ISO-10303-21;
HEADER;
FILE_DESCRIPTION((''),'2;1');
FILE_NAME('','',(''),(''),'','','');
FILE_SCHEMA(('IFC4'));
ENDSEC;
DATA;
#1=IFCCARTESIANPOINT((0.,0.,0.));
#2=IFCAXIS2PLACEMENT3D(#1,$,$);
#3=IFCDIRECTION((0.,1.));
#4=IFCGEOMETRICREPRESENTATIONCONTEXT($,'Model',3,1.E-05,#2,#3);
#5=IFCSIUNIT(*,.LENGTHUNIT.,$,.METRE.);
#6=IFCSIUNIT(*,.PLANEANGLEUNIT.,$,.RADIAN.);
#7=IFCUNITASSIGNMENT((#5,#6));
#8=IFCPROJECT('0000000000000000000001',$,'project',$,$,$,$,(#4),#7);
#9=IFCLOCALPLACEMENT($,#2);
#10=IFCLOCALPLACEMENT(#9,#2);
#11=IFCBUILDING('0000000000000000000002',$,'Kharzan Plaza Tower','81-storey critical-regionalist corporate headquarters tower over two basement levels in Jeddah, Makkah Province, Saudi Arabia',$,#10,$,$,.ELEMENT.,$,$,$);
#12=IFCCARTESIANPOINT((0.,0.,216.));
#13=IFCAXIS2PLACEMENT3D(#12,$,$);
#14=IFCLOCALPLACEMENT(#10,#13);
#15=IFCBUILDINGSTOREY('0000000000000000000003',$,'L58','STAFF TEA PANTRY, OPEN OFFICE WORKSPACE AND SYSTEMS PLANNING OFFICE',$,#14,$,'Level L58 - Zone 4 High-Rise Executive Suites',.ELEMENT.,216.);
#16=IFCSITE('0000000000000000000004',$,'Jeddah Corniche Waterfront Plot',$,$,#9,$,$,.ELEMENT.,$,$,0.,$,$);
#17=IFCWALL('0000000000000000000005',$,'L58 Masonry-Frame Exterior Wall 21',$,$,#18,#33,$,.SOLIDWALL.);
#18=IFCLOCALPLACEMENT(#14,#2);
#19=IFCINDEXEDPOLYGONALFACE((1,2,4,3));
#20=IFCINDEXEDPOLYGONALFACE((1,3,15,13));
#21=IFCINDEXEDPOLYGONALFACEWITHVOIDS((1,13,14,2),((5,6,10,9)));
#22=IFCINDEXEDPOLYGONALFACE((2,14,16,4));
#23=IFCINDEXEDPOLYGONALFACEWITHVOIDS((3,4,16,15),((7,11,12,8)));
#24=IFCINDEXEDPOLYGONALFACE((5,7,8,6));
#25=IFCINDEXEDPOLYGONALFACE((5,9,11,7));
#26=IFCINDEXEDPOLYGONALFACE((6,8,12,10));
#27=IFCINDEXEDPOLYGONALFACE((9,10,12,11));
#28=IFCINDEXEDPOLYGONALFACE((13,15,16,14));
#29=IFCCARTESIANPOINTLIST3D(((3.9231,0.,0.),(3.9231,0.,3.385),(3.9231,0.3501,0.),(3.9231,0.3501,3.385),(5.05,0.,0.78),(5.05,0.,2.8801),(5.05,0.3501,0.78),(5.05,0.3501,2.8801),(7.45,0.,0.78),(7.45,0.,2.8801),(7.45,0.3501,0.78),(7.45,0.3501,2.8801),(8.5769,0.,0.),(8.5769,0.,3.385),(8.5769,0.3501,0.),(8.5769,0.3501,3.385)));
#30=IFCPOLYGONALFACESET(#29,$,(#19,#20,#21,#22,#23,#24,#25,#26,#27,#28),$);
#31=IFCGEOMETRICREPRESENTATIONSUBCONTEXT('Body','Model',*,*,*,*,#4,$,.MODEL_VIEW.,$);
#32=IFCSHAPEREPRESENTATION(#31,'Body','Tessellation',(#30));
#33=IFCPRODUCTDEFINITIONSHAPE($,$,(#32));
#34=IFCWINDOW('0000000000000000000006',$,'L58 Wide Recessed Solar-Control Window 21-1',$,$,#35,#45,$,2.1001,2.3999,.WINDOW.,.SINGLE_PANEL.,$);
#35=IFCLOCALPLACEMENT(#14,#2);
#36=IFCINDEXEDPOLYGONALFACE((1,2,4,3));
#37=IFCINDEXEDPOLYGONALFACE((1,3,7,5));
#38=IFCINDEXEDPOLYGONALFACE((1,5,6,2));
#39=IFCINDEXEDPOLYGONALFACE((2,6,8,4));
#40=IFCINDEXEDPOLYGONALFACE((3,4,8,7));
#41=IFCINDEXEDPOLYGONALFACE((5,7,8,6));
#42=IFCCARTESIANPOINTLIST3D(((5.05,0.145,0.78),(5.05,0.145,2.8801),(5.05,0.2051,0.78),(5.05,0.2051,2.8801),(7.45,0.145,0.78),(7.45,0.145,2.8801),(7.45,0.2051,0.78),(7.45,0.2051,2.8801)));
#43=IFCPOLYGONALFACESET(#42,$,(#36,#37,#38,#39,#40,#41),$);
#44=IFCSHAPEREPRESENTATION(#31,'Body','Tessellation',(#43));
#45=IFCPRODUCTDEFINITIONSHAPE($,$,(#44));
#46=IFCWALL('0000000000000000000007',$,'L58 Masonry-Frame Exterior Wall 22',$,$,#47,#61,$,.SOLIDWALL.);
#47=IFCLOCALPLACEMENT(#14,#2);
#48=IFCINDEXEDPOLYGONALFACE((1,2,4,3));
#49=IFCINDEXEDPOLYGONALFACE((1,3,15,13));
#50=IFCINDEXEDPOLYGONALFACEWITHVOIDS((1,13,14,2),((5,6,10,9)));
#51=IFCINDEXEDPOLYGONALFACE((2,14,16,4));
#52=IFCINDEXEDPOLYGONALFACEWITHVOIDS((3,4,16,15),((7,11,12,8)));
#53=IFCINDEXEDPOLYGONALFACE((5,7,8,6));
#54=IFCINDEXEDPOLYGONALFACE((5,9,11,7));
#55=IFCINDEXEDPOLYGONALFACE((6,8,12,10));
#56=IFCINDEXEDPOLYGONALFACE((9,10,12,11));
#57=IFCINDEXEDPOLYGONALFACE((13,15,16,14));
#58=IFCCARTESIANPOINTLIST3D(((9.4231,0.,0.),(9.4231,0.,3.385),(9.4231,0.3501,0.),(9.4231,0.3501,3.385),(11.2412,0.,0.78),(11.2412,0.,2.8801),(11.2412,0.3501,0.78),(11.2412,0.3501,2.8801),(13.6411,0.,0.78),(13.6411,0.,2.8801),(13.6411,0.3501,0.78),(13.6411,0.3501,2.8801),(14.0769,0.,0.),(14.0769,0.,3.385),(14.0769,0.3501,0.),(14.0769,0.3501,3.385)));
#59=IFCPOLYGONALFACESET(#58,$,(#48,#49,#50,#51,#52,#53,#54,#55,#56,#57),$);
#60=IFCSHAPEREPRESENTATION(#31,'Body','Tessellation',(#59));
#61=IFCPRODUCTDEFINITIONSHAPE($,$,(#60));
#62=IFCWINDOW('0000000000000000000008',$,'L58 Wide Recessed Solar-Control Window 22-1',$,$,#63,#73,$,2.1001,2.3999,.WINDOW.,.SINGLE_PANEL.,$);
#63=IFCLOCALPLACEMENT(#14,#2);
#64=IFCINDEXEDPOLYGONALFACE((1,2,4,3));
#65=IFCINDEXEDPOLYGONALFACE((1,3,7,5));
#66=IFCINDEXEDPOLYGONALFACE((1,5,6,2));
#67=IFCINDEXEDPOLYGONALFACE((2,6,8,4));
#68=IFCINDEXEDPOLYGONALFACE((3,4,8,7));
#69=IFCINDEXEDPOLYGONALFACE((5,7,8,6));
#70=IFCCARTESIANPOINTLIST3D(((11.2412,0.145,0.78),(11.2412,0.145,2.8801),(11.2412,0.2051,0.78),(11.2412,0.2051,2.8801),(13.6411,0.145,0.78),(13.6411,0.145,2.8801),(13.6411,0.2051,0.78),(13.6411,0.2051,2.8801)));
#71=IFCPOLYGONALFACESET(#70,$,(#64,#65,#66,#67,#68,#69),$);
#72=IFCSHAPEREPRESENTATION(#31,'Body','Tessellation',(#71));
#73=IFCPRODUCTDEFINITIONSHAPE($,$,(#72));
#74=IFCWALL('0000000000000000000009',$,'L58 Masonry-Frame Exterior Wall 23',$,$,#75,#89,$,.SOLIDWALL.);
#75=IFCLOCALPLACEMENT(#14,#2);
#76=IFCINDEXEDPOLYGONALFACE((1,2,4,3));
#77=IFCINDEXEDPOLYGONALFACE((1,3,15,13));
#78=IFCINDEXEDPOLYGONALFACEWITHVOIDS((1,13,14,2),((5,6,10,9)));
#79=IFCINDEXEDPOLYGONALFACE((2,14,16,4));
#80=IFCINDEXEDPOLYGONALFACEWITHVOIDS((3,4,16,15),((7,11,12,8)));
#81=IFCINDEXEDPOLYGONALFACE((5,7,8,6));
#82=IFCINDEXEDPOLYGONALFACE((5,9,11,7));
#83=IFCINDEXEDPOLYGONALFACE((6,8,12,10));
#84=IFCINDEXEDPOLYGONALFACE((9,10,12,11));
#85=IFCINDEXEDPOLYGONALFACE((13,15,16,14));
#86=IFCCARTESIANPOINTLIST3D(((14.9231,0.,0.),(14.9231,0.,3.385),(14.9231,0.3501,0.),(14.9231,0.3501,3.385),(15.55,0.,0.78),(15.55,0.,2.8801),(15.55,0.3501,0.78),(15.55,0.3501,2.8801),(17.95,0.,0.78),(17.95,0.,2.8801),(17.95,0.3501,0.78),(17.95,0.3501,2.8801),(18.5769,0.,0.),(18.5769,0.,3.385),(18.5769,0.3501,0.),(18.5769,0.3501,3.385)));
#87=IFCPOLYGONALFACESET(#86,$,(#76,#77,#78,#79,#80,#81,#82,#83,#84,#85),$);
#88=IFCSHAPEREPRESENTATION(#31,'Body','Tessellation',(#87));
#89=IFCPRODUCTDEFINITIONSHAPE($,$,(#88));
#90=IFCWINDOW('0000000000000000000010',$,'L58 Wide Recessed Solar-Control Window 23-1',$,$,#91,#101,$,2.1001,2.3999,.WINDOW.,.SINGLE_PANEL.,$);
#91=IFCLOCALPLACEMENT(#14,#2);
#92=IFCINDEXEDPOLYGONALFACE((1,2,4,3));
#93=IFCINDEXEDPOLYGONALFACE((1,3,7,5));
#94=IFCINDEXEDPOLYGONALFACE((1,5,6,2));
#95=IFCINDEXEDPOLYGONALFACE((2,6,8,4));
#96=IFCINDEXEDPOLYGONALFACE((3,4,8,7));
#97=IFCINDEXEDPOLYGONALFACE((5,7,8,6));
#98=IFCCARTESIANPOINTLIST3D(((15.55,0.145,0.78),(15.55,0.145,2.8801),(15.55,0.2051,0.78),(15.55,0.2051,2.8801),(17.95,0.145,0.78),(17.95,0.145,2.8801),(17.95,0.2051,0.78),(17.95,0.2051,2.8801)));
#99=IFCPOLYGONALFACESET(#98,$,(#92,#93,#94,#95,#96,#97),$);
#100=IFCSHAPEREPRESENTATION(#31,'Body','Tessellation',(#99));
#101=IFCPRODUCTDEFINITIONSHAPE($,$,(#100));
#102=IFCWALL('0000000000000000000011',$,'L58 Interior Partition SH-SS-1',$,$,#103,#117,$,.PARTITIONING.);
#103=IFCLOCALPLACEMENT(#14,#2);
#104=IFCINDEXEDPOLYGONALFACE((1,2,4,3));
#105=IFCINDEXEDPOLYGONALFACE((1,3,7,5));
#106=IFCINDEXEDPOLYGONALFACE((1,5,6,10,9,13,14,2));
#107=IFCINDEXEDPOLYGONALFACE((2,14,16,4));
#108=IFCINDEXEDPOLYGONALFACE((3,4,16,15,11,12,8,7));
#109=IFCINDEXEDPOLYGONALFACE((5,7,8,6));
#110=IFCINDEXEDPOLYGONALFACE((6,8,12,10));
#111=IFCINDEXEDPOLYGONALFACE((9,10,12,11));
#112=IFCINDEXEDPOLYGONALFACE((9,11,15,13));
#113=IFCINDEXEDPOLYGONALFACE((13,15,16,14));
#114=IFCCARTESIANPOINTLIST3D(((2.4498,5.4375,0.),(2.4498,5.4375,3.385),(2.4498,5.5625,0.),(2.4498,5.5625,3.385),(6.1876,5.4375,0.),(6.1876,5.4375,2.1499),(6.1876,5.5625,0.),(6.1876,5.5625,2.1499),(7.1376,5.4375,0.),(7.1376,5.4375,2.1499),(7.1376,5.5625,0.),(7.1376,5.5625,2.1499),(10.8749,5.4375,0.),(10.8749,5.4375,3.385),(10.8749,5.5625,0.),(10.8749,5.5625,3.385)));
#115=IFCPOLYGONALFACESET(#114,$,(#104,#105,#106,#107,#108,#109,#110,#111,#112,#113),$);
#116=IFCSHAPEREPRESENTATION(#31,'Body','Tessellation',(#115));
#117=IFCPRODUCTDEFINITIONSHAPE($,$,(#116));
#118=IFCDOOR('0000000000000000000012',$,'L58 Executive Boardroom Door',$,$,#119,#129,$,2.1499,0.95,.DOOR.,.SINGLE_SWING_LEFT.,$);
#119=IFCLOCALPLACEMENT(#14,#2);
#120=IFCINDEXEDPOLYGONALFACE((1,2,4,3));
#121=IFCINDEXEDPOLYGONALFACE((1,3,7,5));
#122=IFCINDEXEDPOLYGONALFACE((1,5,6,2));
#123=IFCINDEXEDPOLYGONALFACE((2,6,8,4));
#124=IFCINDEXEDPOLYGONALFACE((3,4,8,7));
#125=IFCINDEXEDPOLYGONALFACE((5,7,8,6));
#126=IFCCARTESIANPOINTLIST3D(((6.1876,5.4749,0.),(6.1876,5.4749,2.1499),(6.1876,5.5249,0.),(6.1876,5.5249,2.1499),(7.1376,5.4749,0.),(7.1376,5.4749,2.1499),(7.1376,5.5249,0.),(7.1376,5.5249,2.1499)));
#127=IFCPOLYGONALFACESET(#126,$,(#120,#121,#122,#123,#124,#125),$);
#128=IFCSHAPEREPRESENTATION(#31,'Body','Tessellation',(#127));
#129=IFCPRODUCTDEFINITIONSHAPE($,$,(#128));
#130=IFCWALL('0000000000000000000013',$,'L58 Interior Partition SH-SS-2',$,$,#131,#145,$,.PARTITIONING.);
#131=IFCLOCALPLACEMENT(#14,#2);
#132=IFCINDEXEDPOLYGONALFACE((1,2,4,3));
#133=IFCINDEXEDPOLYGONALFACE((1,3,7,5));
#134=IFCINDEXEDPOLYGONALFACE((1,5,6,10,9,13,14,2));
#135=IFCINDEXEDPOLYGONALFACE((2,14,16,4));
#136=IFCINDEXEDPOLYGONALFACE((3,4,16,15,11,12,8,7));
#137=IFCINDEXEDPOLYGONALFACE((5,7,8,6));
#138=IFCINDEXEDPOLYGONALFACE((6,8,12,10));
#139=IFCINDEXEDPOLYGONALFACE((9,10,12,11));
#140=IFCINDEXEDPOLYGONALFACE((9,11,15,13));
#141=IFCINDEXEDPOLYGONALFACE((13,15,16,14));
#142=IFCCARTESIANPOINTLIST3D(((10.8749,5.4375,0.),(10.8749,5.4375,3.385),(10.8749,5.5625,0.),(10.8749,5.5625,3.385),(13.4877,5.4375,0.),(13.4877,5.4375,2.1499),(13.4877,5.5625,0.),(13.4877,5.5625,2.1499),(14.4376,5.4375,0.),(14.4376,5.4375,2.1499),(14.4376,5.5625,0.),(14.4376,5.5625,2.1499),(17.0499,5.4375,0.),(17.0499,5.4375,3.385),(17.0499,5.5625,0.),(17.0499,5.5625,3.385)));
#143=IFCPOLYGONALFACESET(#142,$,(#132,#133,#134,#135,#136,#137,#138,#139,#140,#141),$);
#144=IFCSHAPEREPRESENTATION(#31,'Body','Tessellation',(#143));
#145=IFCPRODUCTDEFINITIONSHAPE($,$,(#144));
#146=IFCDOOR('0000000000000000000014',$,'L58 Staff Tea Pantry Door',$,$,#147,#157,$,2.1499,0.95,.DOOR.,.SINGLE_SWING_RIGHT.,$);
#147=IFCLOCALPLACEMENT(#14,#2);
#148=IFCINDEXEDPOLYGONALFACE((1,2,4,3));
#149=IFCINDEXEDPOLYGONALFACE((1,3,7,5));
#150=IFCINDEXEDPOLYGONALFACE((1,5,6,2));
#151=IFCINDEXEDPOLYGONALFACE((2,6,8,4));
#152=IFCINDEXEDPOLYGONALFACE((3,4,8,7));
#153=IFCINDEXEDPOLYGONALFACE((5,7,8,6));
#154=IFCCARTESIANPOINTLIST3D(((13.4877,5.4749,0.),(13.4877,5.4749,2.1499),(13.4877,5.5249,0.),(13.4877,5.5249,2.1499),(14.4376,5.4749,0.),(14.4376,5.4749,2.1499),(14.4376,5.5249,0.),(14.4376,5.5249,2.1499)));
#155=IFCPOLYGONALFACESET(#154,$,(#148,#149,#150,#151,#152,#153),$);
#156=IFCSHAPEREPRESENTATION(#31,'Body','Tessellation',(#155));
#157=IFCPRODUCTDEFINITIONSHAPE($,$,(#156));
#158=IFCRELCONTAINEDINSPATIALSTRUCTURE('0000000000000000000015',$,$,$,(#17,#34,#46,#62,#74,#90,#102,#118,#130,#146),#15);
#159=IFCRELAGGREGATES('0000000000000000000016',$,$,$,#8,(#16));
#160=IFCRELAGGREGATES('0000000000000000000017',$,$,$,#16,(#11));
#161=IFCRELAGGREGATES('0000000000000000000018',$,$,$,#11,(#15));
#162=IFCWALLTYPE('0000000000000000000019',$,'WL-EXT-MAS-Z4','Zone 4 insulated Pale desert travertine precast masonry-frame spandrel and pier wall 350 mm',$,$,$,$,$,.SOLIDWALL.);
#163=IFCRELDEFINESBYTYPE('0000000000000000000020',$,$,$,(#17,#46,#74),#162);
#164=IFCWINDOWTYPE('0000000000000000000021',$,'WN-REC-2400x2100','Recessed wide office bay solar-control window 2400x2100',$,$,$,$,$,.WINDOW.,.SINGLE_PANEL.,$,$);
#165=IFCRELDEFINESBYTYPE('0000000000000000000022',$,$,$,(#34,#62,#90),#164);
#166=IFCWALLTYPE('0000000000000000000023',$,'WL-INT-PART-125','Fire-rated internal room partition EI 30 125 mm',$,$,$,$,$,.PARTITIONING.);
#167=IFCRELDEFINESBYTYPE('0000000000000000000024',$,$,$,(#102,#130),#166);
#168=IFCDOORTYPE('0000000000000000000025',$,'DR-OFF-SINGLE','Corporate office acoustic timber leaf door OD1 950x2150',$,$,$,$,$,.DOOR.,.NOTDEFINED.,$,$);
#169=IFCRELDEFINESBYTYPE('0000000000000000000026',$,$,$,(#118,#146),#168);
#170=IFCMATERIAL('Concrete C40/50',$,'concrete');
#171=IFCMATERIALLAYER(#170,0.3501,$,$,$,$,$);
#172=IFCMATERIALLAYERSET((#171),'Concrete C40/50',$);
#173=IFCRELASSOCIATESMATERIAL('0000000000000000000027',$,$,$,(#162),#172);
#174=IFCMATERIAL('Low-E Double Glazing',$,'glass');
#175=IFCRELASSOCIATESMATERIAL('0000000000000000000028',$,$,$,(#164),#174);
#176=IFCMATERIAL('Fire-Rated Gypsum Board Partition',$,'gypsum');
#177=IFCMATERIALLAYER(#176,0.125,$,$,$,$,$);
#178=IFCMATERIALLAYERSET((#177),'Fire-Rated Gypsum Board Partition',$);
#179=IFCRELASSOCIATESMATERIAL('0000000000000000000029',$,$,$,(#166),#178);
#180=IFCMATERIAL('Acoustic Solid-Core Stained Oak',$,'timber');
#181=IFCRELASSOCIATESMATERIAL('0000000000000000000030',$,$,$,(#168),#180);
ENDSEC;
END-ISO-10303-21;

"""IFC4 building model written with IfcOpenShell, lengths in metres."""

from ifc_helpers import new_model, si_unit, direction, frame, frame_2d, origin, place, context, subcontext, project, spatial, rectangle, extrude, source, transform, mapped, material, layer, layer_set, type_object, element, fill, save


model = new_model("IFC4")

# Units and contexts
model_context = context("Model", 3, precision=1e-05, world=origin(), true_north=direction((0.0, 1.0)))
body_context = subcontext(model_context, "Body", "Model", "MODEL_VIEW")
ifc_project = project(units=[si_unit("LENGTHUNIT", "METRE"), si_unit("PLANEANGLEUNIT", "RADIAN")], contexts=[model_context])

# Site, building, storey
site_placement = place(None, origin())
site = spatial("IfcSite", under=ifc_project, at=site_placement, Name="Jeddah Corniche Waterfront Plot", CompositionType="ELEMENT", RefElevation=0.0)
building_placement = place(site_placement, origin())
building = spatial("IfcBuilding", under=site, at=building_placement, Name="Kharzan Plaza Tower", Description="81-storey critical-regionalist corporate headquarters tower over two basement levels in Jeddah, Makkah Province, Saudi Arabia", CompositionType="ELEMENT")
storey_placement = place(building_placement, frame((0.0, 0.0, 216.0)))
storey = spatial("IfcBuildingStorey", under=building, at=storey_placement, Name="L58", Description="STAFF TEA PANTRY, OPEN OFFICE WORKSPACE AND SYSTEMS PLANNING OFFICE", LongName="Level L58 - Zone 4 High-Rise Executive Suites", CompositionType="ELEMENT", Elevation=216.0)

# Walls, openings, windows
ifc_material_1 = material(Name="Concrete C40/50", Category="concrete")
ifc_layer_1 = layer(ifc_material_1, 0.3501)
ifc_layer_set_1 = layer_set([ifc_layer_1], Name="Concrete C40/50")
wall_type_1 = type_object("IfcWallType", Name="WL-EXT-MAS-Z4", Description="Zone 4 insulated Pale desert travertine precast masonry-frame spandrel and pier wall 350 mm", PredefinedType="SOLIDWALL", material=ifc_layer_set_1)
ifc_material_2 = material(Name="Low-E Double Glazing", Category="glass")
wall_1_placement = place(storey_placement, frame((3.9231, 0.175, 0.0), z_axis=(0.0, 0.0, 1.0), x_axis=(1.0, 0.0, 0.0)))
wall_1 = element("IfcWall", 1, at=wall_1_placement, inside=storey, type_object=wall_type_1, Name="L58 Masonry-Frame Exterior Wall 21", PredefinedType="SOLIDWALL", context=body_context, shape_type="SweptSolid", body=[
    extrude(rectangle(XDim=4.6538, YDim=0.3501, at=frame_2d((2.3269, 0.0))), origin(), (0.0, 0.0, 1.0), 3.385),
])
opening_1_placement = place(wall_1_placement, frame((1.127, 0.0, 0.78)))
opening_1 = element("IfcOpeningElement", 2, at=opening_1_placement, cuts=wall_1, PredefinedType="OPENING", context=body_context, shape_type="SweptSolid", body=[
    extrude(rectangle(XDim=2.3999, YDim=2.1001, at=frame_2d((1.2, 1.05))), frame((0.0, 0.1851, 0.0), z_axis=(0.0, -1.0, 0.0), x_axis=(1.0, 0.0, 0.0)), (0.0, 0.0, 1.0), 0.3701),
])
window_type_1 = type_object("IfcWindowType", Name="WN-REC-2400x2100", Description="Recessed wide office bay solar-control window 2400x2100", PartitioningType="SINGLE_PANEL", PredefinedType="WINDOW", material=ifc_material_2)
shared_shape_1 = source(origin(), body_context, "Body", "SweptSolid", [
    extrude(rectangle(XDim=2.3999, YDim=2.1001, at=frame_2d((1.2, 1.05))), frame((0.0, 0.03, 0.0), z_axis=(0.0, -1.0, 0.0), x_axis=(1.0, 0.0, 0.0)), (0.0, 0.0, 1.0), 0.0601),
])
window_1_placement = place(opening_1_placement, origin())
window_1 = element("IfcWindow", 3, at=window_1_placement, inside=storey, type_object=window_type_1, Name="L58 Wide Recessed Solar-Control Window 21-1", OverallHeight=2.1001, OverallWidth=2.3999, PartitioningType="SINGLE_PANEL", PredefinedType="WINDOW", context=body_context, shape_type="MappedRepresentation", body=[
    mapped(shared_shape_1, transform((0.0, 0.0, 0.0), x_axis=(1.0, 0.0, 0.0), y_axis=(0.0, 1.0, 0.0), z_axis=(0.0, 0.0, 1.0))),
])
fill(opening_1, window_1)
wall_2_placement = place(storey_placement, frame((9.4231, 0.175, 0.0), z_axis=(0.0, 0.0, 1.0), x_axis=(1.0, 0.0, 0.0)))
wall_2 = element("IfcWall", 4, at=wall_2_placement, inside=storey, type_object=wall_type_1, Name="L58 Masonry-Frame Exterior Wall 22", PredefinedType="SOLIDWALL", context=body_context, shape_type="SweptSolid", body=[
    extrude(rectangle(XDim=4.6538, YDim=0.3501, at=frame_2d((2.3269, 0.0))), origin(), (0.0, 0.0, 1.0), 3.385),
])
opening_2_placement = place(wall_2_placement, frame((1.8181, 0.0, 0.78)))
opening_2 = element("IfcOpeningElement", 5, at=opening_2_placement, cuts=wall_2, PredefinedType="OPENING", context=body_context, shape_type="SweptSolid", body=[
    extrude(rectangle(XDim=2.3999, YDim=2.1001, at=frame_2d((1.2, 1.05))), frame((0.0, 0.1851, 0.0), z_axis=(0.0, -1.0, 0.0), x_axis=(1.0, 0.0, 0.0)), (0.0, 0.0, 1.0), 0.3701),
])
window_2_placement = place(opening_2_placement, origin())
window_2 = element("IfcWindow", 6, at=window_2_placement, inside=storey, type_object=window_type_1, Name="L58 Wide Recessed Solar-Control Window 22-1", OverallHeight=2.1001, OverallWidth=2.3999, PartitioningType="SINGLE_PANEL", PredefinedType="WINDOW", context=body_context, shape_type="MappedRepresentation", body=[
    mapped(shared_shape_1, transform((0.0, 0.0, 0.0), x_axis=(1.0, 0.0, 0.0), y_axis=(0.0, 1.0, 0.0), z_axis=(0.0, 0.0, 1.0))),
])
fill(opening_2, window_2)
wall_3_placement = place(storey_placement, frame((14.9231, 0.175, 0.0), z_axis=(0.0, 0.0, 1.0), x_axis=(1.0, 0.0, 0.0)))
wall_3 = element("IfcWall", 7, at=wall_3_placement, inside=storey, type_object=wall_type_1, Name="L58 Masonry-Frame Exterior Wall 23", PredefinedType="SOLIDWALL", context=body_context, shape_type="SweptSolid", body=[
    extrude(rectangle(XDim=3.6538, YDim=0.3501, at=frame_2d((1.8269, 0.0))), origin(), (0.0, 0.0, 1.0), 3.385),
])
opening_3_placement = place(wall_3_placement, frame((0.627, 0.0, 0.78)))
opening_3 = element("IfcOpeningElement", 8, at=opening_3_placement, cuts=wall_3, PredefinedType="OPENING", context=body_context, shape_type="SweptSolid", body=[
    extrude(rectangle(XDim=2.3999, YDim=2.1001, at=frame_2d((1.2, 1.05))), frame((0.0, 0.1851, 0.0), z_axis=(0.0, -1.0, 0.0), x_axis=(1.0, 0.0, 0.0)), (0.0, 0.0, 1.0), 0.3701),
])
window_3_placement = place(opening_3_placement, origin())
window_3 = element("IfcWindow", 9, at=window_3_placement, inside=storey, type_object=window_type_1, Name="L58 Wide Recessed Solar-Control Window 23-1", OverallHeight=2.1001, OverallWidth=2.3999, PartitioningType="SINGLE_PANEL", PredefinedType="WINDOW", context=body_context, shape_type="MappedRepresentation", body=[
    mapped(shared_shape_1, transform((0.0, 0.0, 0.0), x_axis=(1.0, 0.0, 0.0), y_axis=(0.0, 1.0, 0.0), z_axis=(0.0, 0.0, 1.0))),
])
fill(opening_3, window_3)

# Walls, openings, doors
ifc_material_3 = material(Name="Fire-Rated Gypsum Board Partition", Category="gypsum")
ifc_layer_2 = layer(ifc_material_3, 0.125)
ifc_layer_set_2 = layer_set([ifc_layer_2], Name="Fire-Rated Gypsum Board Partition")
wall_type_2 = type_object("IfcWallType", Name="WL-INT-PART-125", Description="Fire-rated internal room partition EI 30 125 mm", PredefinedType="PARTITIONING", material=ifc_layer_set_2)
wall_4_placement = place(storey_placement, frame((2.45, 5.5, 0.0), z_axis=(0.0, 0.0, 1.0), x_axis=(1.0, 0.0, 0.0)))
wall_4 = element("IfcWall", 10, at=wall_4_placement, inside=storey, type_object=wall_type_2, Name="L58 Interior Partition SH-SS-1", PredefinedType="PARTITIONING", context=body_context, shape_type="SweptSolid", body=[
    extrude(rectangle(XDim=8.425, YDim=0.125, at=frame_2d((4.2124, 0.0))), origin(), (0.0, 0.0, 1.0), 3.385),
])
opening_4_placement = place(wall_4_placement, frame((3.7375, 0.0, 0.0)))
opening_4 = element("IfcOpeningElement", 11, at=opening_4_placement, cuts=wall_4, PredefinedType="OPENING", context=body_context, shape_type="SweptSolid", body=[
    extrude(rectangle(XDim=0.95, YDim=2.1499, at=frame_2d((0.4751, 1.075))), frame((0.0, 0.0725, 0.0), z_axis=(0.0, -1.0, 0.0), x_axis=(1.0, 0.0, 0.0)), (0.0, 0.0, 1.0), 0.145),
])
ifc_material_4 = material(Name="Acoustic Solid-Core Stained Oak", Category="timber")
door_type = type_object("IfcDoorType", Name="DR-OFF-SINGLE", Description="Corporate office acoustic timber leaf door OD1 950x2150", OperationType="NOTDEFINED", PredefinedType="DOOR", material=ifc_material_4)
shared_shape_2 = source(origin(), body_context, "Body", "SweptSolid", [
    extrude(rectangle(XDim=0.95, YDim=2.1499, at=frame_2d((0.4751, 1.075))), frame((0.0, 0.0249, 0.0), z_axis=(0.0, -1.0, 0.0), x_axis=(1.0, 0.0, 0.0)), (0.0, 0.0, 1.0), 0.05),
])
door_1_placement = place(opening_4_placement, origin())
door_1 = element("IfcDoor", 12, at=door_1_placement, inside=storey, type_object=door_type, Name="L58 Executive Boardroom Door", OperationType="SINGLE_SWING_LEFT", OverallHeight=2.1499, OverallWidth=0.95, PredefinedType="DOOR", context=body_context, shape_type="MappedRepresentation", body=[
    mapped(shared_shape_2, transform((0.0, 0.0, 0.0), x_axis=(1.0, 0.0, 0.0), y_axis=(0.0, 1.0, 0.0), z_axis=(0.0, 0.0, 1.0))),
])
fill(opening_4, door_1)
wall_5_placement = place(storey_placement, frame((10.875, 5.5, 0.0), z_axis=(0.0, 0.0, 1.0), x_axis=(1.0, 0.0, 0.0)))
wall_5 = element("IfcWall", 13, at=wall_5_placement, inside=storey, type_object=wall_type_2, Name="L58 Interior Partition SH-SS-2", PredefinedType="PARTITIONING", context=body_context, shape_type="SweptSolid", body=[
    extrude(rectangle(XDim=6.175, YDim=0.125, at=frame_2d((3.0874, 0.0))), origin(), (0.0, 0.0, 1.0), 3.385),
])
opening_5_placement = place(wall_5_placement, frame((2.6125, 0.0, 0.0)))
opening_5 = element("IfcOpeningElement", 14, at=opening_5_placement, cuts=wall_5, PredefinedType="OPENING", context=body_context, shape_type="SweptSolid", body=[
    extrude(rectangle(XDim=0.95, YDim=2.1499, at=frame_2d((0.4751, 1.075))), frame((0.0, 0.0725, 0.0), z_axis=(0.0, -1.0, 0.0), x_axis=(1.0, 0.0, 0.0)), (0.0, 0.0, 1.0), 0.145),
])
door_2_placement = place(opening_5_placement, origin())
door_2 = element("IfcDoor", 15, at=door_2_placement, inside=storey, type_object=door_type, Name="L58 Staff Tea Pantry Door", OperationType="SINGLE_SWING_RIGHT", OverallHeight=2.1499, OverallWidth=0.95, PredefinedType="DOOR", context=body_context, shape_type="MappedRepresentation", body=[
    mapped(shared_shape_2, transform((0.0, 0.0, 0.0), x_axis=(1.0, 0.0, 0.0), y_axis=(0.0, 1.0, 0.0), z_axis=(0.0, 0.0, 1.0))),
])
fill(opening_5, door_2)

save(model, "model.ifc")
